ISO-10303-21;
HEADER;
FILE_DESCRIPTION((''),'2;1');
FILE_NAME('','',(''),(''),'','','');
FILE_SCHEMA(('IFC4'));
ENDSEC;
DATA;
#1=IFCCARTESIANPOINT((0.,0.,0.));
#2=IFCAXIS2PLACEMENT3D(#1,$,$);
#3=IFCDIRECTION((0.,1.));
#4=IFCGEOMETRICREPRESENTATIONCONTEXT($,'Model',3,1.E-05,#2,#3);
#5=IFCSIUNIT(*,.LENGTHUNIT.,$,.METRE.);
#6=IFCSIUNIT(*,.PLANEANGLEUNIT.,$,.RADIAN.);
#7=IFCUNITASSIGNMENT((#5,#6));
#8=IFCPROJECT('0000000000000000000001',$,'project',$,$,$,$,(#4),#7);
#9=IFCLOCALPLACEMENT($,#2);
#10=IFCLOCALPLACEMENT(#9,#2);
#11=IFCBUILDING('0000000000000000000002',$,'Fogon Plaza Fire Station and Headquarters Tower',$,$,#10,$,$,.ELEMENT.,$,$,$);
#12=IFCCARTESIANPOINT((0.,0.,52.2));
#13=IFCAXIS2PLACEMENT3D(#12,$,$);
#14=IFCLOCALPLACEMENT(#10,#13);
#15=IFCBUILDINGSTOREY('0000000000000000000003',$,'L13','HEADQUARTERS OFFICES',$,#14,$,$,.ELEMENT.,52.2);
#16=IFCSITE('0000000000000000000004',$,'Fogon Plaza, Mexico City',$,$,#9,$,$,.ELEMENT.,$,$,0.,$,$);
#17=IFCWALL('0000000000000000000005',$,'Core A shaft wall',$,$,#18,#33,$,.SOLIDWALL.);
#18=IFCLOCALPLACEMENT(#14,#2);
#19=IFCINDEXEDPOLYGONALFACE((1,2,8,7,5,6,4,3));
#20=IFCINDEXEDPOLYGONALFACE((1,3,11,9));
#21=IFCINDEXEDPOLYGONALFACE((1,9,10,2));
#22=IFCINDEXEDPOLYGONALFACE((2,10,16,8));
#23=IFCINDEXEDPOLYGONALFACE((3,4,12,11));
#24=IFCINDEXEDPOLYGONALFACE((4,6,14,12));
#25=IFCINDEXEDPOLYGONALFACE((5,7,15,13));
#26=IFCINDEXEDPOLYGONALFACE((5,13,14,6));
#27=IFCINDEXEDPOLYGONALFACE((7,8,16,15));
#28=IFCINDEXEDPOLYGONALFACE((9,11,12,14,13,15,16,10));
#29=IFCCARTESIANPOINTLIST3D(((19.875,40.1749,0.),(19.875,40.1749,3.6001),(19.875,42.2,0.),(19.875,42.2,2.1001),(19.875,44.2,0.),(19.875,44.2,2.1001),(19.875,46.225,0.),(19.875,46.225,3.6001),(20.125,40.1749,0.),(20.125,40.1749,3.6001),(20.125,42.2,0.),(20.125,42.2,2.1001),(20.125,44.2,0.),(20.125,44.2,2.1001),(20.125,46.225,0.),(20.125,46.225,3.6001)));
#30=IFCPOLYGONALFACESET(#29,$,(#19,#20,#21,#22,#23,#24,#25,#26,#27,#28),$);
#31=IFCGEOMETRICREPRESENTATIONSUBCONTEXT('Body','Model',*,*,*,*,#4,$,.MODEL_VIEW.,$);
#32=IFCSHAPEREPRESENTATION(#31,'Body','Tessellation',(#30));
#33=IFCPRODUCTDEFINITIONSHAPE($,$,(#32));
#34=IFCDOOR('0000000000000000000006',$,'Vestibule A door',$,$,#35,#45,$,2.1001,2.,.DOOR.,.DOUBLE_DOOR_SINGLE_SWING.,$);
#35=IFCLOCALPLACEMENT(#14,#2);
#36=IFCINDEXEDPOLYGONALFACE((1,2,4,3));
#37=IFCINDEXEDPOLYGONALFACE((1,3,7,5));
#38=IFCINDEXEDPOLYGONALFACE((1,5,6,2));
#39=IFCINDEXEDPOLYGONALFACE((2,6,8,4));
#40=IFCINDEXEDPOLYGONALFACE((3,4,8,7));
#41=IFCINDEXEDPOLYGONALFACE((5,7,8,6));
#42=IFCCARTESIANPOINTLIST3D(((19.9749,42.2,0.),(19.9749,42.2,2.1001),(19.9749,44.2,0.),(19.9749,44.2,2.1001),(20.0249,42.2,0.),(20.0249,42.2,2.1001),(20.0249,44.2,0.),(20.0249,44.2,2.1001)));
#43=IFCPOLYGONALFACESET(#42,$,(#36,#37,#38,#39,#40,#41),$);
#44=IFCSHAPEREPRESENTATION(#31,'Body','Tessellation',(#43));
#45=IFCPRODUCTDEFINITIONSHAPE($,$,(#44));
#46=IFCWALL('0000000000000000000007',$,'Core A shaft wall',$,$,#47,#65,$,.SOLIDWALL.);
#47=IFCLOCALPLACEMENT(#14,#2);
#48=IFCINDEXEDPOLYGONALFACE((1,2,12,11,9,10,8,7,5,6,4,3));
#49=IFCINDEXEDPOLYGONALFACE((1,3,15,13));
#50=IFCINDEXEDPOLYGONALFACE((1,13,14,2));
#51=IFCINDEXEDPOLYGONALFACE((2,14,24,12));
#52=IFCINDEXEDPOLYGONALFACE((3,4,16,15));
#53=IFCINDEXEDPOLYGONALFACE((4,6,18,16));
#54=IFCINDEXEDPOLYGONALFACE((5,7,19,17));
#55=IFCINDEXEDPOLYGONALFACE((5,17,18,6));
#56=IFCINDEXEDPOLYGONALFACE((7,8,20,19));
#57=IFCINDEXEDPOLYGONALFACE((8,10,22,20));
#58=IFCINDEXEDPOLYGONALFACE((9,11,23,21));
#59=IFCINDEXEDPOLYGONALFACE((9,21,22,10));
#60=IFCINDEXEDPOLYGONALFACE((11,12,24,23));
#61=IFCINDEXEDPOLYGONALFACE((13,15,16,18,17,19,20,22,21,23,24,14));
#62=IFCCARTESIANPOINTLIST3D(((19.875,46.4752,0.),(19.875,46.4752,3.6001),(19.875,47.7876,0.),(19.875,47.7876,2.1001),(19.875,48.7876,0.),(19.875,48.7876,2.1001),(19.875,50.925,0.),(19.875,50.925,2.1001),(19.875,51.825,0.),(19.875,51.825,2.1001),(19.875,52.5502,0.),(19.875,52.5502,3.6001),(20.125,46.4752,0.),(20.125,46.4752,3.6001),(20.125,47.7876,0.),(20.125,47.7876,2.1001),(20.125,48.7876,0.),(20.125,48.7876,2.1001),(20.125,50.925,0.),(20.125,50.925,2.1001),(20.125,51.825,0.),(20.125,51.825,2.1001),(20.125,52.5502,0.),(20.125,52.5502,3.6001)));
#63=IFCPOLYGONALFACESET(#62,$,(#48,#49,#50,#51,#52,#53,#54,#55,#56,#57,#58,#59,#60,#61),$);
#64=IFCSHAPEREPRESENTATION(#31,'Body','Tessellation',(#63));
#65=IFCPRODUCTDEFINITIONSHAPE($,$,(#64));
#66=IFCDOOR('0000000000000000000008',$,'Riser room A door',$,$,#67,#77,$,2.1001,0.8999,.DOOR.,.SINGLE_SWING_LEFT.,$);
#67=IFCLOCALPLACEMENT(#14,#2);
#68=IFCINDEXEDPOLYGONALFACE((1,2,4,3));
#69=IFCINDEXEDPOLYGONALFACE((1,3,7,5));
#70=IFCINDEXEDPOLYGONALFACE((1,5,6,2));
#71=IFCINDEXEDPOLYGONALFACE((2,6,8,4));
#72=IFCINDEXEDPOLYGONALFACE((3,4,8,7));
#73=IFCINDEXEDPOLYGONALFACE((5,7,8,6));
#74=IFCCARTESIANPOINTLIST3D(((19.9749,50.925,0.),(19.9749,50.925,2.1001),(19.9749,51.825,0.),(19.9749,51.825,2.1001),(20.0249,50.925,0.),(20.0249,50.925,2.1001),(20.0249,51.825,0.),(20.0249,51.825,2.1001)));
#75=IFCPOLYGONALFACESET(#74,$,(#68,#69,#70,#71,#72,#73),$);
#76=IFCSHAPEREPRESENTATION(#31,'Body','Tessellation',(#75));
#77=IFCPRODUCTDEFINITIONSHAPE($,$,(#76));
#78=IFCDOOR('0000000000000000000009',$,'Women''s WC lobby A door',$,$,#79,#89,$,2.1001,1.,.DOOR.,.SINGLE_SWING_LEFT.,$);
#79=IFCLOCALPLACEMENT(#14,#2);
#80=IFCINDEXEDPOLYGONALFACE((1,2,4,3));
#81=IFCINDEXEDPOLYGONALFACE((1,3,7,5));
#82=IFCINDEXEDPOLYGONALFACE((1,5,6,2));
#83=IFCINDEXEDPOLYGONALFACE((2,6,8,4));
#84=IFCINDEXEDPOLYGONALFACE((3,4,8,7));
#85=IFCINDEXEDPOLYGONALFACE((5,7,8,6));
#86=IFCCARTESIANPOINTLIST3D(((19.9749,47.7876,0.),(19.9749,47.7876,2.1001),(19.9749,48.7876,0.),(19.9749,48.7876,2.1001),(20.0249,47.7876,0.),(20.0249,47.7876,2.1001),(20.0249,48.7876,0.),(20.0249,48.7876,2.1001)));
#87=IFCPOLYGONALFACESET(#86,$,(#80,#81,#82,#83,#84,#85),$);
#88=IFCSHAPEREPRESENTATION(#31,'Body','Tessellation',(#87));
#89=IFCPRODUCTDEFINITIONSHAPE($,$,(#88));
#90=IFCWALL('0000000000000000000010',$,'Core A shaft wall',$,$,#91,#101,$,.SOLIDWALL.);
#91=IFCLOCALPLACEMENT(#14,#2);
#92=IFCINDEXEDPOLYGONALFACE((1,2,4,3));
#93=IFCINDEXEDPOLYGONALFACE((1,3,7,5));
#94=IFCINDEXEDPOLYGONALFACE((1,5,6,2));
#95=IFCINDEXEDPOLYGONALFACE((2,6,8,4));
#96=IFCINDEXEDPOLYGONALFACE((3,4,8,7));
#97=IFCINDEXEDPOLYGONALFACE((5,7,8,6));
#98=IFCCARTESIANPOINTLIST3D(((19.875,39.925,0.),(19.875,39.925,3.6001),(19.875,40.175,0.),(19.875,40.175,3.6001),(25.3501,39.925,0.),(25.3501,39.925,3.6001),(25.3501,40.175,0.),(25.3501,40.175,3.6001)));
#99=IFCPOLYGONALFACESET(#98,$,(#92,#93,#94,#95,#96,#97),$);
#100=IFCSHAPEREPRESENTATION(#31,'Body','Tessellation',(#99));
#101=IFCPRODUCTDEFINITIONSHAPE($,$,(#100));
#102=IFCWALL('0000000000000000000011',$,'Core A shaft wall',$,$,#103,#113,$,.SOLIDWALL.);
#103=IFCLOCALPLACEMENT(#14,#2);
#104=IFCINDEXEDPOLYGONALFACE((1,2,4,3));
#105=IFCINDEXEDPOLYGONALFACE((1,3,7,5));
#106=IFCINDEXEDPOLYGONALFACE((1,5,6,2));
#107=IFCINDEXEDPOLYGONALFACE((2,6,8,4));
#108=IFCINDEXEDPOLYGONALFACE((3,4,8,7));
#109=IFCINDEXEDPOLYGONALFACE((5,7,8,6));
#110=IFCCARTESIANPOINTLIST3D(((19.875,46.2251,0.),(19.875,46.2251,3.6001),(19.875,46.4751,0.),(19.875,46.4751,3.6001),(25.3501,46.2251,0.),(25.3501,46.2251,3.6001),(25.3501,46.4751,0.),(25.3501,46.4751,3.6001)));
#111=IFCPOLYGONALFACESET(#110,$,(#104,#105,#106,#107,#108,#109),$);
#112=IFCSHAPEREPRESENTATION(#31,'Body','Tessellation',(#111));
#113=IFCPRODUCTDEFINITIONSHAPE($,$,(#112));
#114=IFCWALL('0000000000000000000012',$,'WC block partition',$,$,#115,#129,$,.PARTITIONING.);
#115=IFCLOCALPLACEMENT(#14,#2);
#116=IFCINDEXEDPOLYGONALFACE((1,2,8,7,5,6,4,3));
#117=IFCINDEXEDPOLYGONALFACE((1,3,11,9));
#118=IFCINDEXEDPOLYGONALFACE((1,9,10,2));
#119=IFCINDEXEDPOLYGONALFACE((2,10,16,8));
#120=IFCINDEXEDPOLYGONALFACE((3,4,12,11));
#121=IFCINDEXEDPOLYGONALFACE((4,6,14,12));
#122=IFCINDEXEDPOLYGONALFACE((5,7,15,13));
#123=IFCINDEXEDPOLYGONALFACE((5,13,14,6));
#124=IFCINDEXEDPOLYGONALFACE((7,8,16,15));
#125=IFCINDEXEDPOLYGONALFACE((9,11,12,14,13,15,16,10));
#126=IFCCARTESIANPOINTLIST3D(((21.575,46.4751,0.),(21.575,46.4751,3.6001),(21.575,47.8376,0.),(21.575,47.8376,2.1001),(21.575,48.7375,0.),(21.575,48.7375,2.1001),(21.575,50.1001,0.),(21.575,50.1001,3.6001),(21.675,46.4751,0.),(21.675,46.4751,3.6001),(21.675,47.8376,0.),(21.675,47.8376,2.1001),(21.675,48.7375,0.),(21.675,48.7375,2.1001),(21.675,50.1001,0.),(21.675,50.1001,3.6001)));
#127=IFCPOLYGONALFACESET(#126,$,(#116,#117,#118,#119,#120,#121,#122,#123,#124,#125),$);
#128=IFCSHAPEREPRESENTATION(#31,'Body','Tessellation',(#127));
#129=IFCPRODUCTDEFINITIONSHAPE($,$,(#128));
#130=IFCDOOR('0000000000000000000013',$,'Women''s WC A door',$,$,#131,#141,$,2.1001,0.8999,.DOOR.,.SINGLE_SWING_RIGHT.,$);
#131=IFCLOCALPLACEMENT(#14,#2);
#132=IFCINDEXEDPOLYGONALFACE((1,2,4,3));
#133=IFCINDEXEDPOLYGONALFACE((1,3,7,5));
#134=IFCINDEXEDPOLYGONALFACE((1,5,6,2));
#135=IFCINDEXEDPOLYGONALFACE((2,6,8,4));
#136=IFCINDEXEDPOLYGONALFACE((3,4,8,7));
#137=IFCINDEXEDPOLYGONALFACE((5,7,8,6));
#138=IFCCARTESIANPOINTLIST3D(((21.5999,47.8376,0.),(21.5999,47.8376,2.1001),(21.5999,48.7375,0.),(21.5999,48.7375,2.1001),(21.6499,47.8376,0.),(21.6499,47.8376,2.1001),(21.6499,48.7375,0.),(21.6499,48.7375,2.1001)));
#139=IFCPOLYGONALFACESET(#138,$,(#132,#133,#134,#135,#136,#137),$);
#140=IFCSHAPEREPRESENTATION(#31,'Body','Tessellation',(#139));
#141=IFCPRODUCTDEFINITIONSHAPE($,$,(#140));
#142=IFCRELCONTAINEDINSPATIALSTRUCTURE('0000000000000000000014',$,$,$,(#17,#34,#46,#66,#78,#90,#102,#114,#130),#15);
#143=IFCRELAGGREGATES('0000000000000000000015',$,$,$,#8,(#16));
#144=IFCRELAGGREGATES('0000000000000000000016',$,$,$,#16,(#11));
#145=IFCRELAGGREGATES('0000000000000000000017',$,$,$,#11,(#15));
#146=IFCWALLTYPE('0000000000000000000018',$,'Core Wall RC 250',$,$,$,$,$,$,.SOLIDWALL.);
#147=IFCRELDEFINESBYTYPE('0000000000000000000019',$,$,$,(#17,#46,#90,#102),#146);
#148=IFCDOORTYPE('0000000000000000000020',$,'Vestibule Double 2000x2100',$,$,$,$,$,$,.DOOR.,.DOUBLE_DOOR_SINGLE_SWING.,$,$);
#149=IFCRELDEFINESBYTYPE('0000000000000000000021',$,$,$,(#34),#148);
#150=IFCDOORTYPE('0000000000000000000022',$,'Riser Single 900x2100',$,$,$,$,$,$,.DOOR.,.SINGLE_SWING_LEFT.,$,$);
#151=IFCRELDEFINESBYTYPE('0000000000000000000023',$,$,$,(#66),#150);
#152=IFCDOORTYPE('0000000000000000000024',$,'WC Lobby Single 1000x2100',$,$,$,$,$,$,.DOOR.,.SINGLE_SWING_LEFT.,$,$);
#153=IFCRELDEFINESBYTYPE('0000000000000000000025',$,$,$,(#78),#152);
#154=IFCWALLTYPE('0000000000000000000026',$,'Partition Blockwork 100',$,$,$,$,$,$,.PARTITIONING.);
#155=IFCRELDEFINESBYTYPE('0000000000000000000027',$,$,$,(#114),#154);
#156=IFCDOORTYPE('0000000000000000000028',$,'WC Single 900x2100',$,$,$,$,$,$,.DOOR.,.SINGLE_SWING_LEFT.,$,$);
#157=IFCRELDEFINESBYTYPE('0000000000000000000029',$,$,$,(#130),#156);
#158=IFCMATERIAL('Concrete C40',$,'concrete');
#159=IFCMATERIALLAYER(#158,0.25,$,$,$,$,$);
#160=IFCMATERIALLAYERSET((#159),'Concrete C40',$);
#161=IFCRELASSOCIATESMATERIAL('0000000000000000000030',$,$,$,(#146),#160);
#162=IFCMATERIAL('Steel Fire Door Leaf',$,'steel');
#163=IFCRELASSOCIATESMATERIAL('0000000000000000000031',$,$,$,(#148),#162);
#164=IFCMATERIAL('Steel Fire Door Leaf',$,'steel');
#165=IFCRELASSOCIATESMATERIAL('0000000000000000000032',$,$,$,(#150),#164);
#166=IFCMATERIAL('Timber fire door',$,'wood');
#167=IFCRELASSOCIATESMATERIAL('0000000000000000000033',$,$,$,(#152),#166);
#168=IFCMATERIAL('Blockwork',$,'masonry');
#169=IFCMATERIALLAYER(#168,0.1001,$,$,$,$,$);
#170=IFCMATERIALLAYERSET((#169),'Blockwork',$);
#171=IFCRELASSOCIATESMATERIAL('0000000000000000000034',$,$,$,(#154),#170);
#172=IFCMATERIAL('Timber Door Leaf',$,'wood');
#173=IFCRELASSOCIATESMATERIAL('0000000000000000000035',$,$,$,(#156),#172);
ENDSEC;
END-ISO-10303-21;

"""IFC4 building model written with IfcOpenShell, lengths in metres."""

from ifc_helpers import new_model, si_unit, direction, frame, frame_2d, origin, place, context, subcontext, project, spatial, rectangle, extrude, material, layer, layer_set, type_object, element, fill, save


model = new_model("IFC4")

# Units and contexts
model_context = context("Model", 3, precision=1e-05, world=origin(), true_north=direction((0.0, 1.0)))
body_context = subcontext(model_context, "Body", "Model", "MODEL_VIEW")
ifc_project = project(units=[si_unit("LENGTHUNIT", "METRE"), si_unit("PLANEANGLEUNIT", "RADIAN")], contexts=[model_context])

# Site, building, storey
site_placement = place(None, origin())
site = spatial("IfcSite", under=ifc_project, at=site_placement, Name="Fogon Plaza, Mexico City", CompositionType="ELEMENT", RefElevation=0.0)
building_placement = place(site_placement, origin())
building = spatial("IfcBuilding", under=site, at=building_placement, Name="Fogon Plaza Fire Station and Headquarters Tower", CompositionType="ELEMENT")
storey_placement = place(building_placement, frame((0.0, 0.0, 52.2)))
storey = spatial("IfcBuildingStorey", under=building, at=storey_placement, Name="L13", Description="HEADQUARTERS OFFICES", CompositionType="ELEMENT", Elevation=52.2)

# Shared definitions
ifc_material_1 = material(Name="Concrete C40", Category="concrete")
ifc_layer_1 = layer(ifc_material_1, 0.25)
ifc_layer_set_1 = layer_set([ifc_layer_1], Name="Concrete C40")
wall_type_1 = type_object("IfcWallType", Name="Core Wall RC 250", PredefinedType="SOLIDWALL", material=ifc_layer_set_1)

# Wall, opening, door
wall_1_placement = place(storey_placement, frame((20.0, 40.175, 0.0), z_axis=(0.0, 0.0, 1.0), x_axis=(0.0, 1.0, 0.0)))
wall_1 = element("IfcWall", 1, at=wall_1_placement, inside=storey, type_object=wall_type_1, Name="Core A shaft wall", PredefinedType="SOLIDWALL", context=body_context, shape_type="SweptSolid", body=[
    extrude(rectangle(XDim=6.05, YDim=0.25, at=frame_2d((3.0249, 0.0))), origin(), (0.0, 0.0, 1.0), 3.6001),
])
opening_1_placement = place(wall_1_placement, frame((2.0249, 0.0, 0.0)))
opening_1 = element("IfcOpeningElement", 2, at=opening_1_placement, cuts=wall_1, PredefinedType="OPENING", context=body_context, shape_type="SweptSolid", body=[
    extrude(rectangle(XDim=2.0, YDim=2.1001, at=frame_2d((1.0, 1.05))), frame((0.0, 0.135, 0.0), z_axis=(0.0, -1.0, 0.0), x_axis=(1.0, 0.0, 0.0)), (0.0, 0.0, 1.0), 0.27),
])
ifc_material_2 = material(Name="Steel Fire Door Leaf", Category="steel")
door_type_1 = type_object("IfcDoorType", Name="Vestibule Double 2000x2100", OperationType="DOUBLE_DOOR_SINGLE_SWING", PredefinedType="DOOR", material=ifc_material_2)
door_1_placement = place(opening_1_placement, frame((2.0, 0.0, 0.0), z_axis=(0.0, 0.0, 1.0), x_axis=(-1.0, 0.0, 0.0)))
door_1 = element("IfcDoor", 3, at=door_1_placement, inside=storey, type_object=door_type_1, Name="Vestibule A door", OperationType="DOUBLE_DOOR_SINGLE_SWING", OverallHeight=2.1001, OverallWidth=2.0, PredefinedType="DOOR", context=body_context, shape_type="SweptSolid", body=[
    extrude(rectangle(XDim=2.0, YDim=2.1001, at=frame_2d((1.0, 1.05))), frame((0.0, 0.0249, 0.0), z_axis=(0.0, -1.0, 0.0), x_axis=(1.0, 0.0, 0.0)), (0.0, 0.0, 1.0), 0.05),
])
fill(opening_1, door_1)

# Wall, openings, doors
wall_2_placement = place(storey_placement, frame((20.0, 46.4751, 0.0), z_axis=(0.0, 0.0, 1.0), x_axis=(0.0, 1.0, 0.0)))
wall_2 = element("IfcWall", 4, at=wall_2_placement, inside=storey, type_object=wall_type_1, Name="Core A shaft wall", PredefinedType="SOLIDWALL", context=body_context, shape_type="SweptSolid", body=[
    extrude(rectangle(XDim=6.075, YDim=0.25, at=frame_2d((3.0376, 0.0))), origin(), (0.0, 0.0, 1.0), 3.6001),
])
opening_2_placement = place(wall_2_placement, frame((1.3125, 0.0, 0.0)))
opening_2 = element("IfcOpeningElement", 5, at=opening_2_placement, cuts=wall_2, PredefinedType="OPENING", context=body_context, shape_type="SweptSolid", body=[
    extrude(rectangle(XDim=1.0, YDim=2.1001, at=frame_2d((0.5, 1.05))), frame((0.0, 0.135, 0.0), z_axis=(0.0, -1.0, 0.0), x_axis=(1.0, 0.0, 0.0)), (0.0, 0.0, 1.0), 0.27),
])
opening_3_placement = place(wall_2_placement, frame((4.45, 0.0, 0.0)))
opening_3 = element("IfcOpeningElement", 6, at=opening_3_placement, cuts=wall_2, PredefinedType="OPENING", context=body_context, shape_type="SweptSolid", body=[
    extrude(rectangle(XDim=0.8999, YDim=2.1001, at=frame_2d((0.45, 1.05))), frame((0.0, 0.135, 0.0), z_axis=(0.0, -1.0, 0.0), x_axis=(1.0, 0.0, 0.0)), (0.0, 0.0, 1.0), 0.27),
])
ifc_material_3 = material(Name="Steel Fire Door Leaf", Category="steel")
door_type_2 = type_object("IfcDoorType", Name="Riser Single 900x2100", OperationType="SINGLE_SWING_LEFT", PredefinedType="DOOR", material=ifc_material_3)
door_2_placement = place(opening_3_placement, frame((0.8999, 0.0, 0.0), z_axis=(0.0, 0.0, 1.0), x_axis=(-1.0, 0.0, 0.0)))
door_2 = element("IfcDoor", 7, at=door_2_placement, inside=storey, type_object=door_type_2, Name="Riser room A door", OperationType="SINGLE_SWING_LEFT", OverallHeight=2.1001, OverallWidth=0.8999, PredefinedType="DOOR", context=body_context, shape_type="SweptSolid", body=[
    extrude(rectangle(XDim=0.8999, YDim=2.1001, at=frame_2d((0.45, 1.05))), frame((0.0, 0.0249, 0.0), z_axis=(0.0, -1.0, 0.0), x_axis=(1.0, 0.0, 0.0)), (0.0, 0.0, 1.0), 0.05),
])
fill(opening_3, door_2)
ifc_material_4 = material(Name="Timber fire door", Category="wood")
door_type_3 = type_object("IfcDoorType", Name="WC Lobby Single 1000x2100", OperationType="SINGLE_SWING_LEFT", PredefinedType="DOOR", material=ifc_material_4)
door_3_placement = place(opening_2_placement, frame((1.0, 0.0, 0.0), z_axis=(0.0, 0.0, 1.0), x_axis=(-1.0, 0.0, 0.0)))
door_3 = element("IfcDoor", 8, at=door_3_placement, inside=storey, type_object=door_type_3, Name="Women's WC lobby A door", OperationType="SINGLE_SWING_LEFT", OverallHeight=2.1001, OverallWidth=1.0, PredefinedType="DOOR", context=body_context, shape_type="SweptSolid", body=[
    extrude(rectangle(XDim=1.0, YDim=2.1001, at=frame_2d((0.5, 1.05))), frame((0.0, 0.0249, 0.0), z_axis=(0.0, -1.0, 0.0), x_axis=(1.0, 0.0, 0.0)), (0.0, 0.0, 1.0), 0.05),
])
fill(opening_2, door_3)

# Walls
for number, where, z_axis, x_axis, name in (
    (9, (19.875, 40.05, 0.0), (0.0, 0.0, 1.0), (1.0, 0.0, 0.0), "Core A shaft wall"),
    (10, (19.875, 46.3501, 0.0), (0.0, 0.0, 1.0), (1.0, 0.0, 0.0), "Core A shaft wall"),
):
    element("IfcWall", number, at=place(storey_placement, frame(where, z_axis=z_axis, x_axis=x_axis)), inside=storey, type_object=wall_type_1, Name=name, PredefinedType="SOLIDWALL", context=body_context, shape_type="SweptSolid", body=[
        extrude(rectangle(XDim=5.4751, YDim=0.25, at=frame_2d((2.7375, 0.0))), origin(), (0.0, 0.0, 1.0), 3.6001),
    ])

# Wall, opening, door
ifc_material_5 = material(Name="Blockwork", Category="masonry")
ifc_layer_2 = layer(ifc_material_5, 0.1001)
ifc_layer_set_2 = layer_set([ifc_layer_2], Name="Blockwork")
wall_type_2 = type_object("IfcWallType", Name="Partition Blockwork 100", PredefinedType="PARTITIONING", material=ifc_layer_set_2)
wall_3_placement = place(storey_placement, frame((21.625, 46.4751, 0.0), z_axis=(0.0, 0.0, 1.0), x_axis=(0.0, 1.0, 0.0)))
wall_3 = element("IfcWall", 11, at=wall_3_placement, inside=storey, type_object=wall_type_2, Name="WC block partition", PredefinedType="PARTITIONING", context=body_context, shape_type="SweptSolid", body=[
    extrude(rectangle(XDim=3.625, YDim=0.1001, at=frame_2d((1.8125, 0.0))), origin(), (0.0, 0.0, 1.0), 3.6001),
])
opening_4_placement = place(wall_3_placement, frame((1.3625, 0.0, 0.0)))
opening_4 = element("IfcOpeningElement", 12, at=opening_4_placement, cuts=wall_3, PredefinedType="OPENING", context=body_context, shape_type="SweptSolid", body=[
    extrude(rectangle(XDim=0.8999, YDim=2.1001, at=frame_2d((0.45, 1.05))), frame((0.0, 0.0601, 0.0), z_axis=(0.0, -1.0, 0.0), x_axis=(1.0, 0.0, 0.0)), (0.0, 0.0, 1.0), 0.1201),
])
ifc_material_6 = material(Name="Timber Door Leaf", Category="wood")
door_type_4 = type_object("IfcDoorType", Name="WC Single 900x2100", OperationType="SINGLE_SWING_LEFT", PredefinedType="DOOR", material=ifc_material_6)
door_4_placement = place(opening_4_placement, frame((0.8999, 0.0, 0.0), z_axis=(0.0, 0.0, 1.0), x_axis=(-1.0, 0.0, 0.0)))
door_4 = element("IfcDoor", 13, at=door_4_placement, inside=storey, type_object=door_type_4, Name="Women's WC A door", OperationType="SINGLE_SWING_RIGHT", OverallHeight=2.1001, OverallWidth=0.8999, PredefinedType="DOOR", context=body_context, shape_type="SweptSolid", body=[
    extrude(rectangle(XDim=0.8999, YDim=2.1001, at=frame_2d((0.45, 1.05))), frame((0.0, 0.0249, 0.0), z_axis=(0.0, -1.0, 0.0), x_axis=(1.0, 0.0, 0.0)), (0.0, 0.0, 1.0), 0.05),
])
fill(opening_4, door_4)

save(model, "model.ifc")
